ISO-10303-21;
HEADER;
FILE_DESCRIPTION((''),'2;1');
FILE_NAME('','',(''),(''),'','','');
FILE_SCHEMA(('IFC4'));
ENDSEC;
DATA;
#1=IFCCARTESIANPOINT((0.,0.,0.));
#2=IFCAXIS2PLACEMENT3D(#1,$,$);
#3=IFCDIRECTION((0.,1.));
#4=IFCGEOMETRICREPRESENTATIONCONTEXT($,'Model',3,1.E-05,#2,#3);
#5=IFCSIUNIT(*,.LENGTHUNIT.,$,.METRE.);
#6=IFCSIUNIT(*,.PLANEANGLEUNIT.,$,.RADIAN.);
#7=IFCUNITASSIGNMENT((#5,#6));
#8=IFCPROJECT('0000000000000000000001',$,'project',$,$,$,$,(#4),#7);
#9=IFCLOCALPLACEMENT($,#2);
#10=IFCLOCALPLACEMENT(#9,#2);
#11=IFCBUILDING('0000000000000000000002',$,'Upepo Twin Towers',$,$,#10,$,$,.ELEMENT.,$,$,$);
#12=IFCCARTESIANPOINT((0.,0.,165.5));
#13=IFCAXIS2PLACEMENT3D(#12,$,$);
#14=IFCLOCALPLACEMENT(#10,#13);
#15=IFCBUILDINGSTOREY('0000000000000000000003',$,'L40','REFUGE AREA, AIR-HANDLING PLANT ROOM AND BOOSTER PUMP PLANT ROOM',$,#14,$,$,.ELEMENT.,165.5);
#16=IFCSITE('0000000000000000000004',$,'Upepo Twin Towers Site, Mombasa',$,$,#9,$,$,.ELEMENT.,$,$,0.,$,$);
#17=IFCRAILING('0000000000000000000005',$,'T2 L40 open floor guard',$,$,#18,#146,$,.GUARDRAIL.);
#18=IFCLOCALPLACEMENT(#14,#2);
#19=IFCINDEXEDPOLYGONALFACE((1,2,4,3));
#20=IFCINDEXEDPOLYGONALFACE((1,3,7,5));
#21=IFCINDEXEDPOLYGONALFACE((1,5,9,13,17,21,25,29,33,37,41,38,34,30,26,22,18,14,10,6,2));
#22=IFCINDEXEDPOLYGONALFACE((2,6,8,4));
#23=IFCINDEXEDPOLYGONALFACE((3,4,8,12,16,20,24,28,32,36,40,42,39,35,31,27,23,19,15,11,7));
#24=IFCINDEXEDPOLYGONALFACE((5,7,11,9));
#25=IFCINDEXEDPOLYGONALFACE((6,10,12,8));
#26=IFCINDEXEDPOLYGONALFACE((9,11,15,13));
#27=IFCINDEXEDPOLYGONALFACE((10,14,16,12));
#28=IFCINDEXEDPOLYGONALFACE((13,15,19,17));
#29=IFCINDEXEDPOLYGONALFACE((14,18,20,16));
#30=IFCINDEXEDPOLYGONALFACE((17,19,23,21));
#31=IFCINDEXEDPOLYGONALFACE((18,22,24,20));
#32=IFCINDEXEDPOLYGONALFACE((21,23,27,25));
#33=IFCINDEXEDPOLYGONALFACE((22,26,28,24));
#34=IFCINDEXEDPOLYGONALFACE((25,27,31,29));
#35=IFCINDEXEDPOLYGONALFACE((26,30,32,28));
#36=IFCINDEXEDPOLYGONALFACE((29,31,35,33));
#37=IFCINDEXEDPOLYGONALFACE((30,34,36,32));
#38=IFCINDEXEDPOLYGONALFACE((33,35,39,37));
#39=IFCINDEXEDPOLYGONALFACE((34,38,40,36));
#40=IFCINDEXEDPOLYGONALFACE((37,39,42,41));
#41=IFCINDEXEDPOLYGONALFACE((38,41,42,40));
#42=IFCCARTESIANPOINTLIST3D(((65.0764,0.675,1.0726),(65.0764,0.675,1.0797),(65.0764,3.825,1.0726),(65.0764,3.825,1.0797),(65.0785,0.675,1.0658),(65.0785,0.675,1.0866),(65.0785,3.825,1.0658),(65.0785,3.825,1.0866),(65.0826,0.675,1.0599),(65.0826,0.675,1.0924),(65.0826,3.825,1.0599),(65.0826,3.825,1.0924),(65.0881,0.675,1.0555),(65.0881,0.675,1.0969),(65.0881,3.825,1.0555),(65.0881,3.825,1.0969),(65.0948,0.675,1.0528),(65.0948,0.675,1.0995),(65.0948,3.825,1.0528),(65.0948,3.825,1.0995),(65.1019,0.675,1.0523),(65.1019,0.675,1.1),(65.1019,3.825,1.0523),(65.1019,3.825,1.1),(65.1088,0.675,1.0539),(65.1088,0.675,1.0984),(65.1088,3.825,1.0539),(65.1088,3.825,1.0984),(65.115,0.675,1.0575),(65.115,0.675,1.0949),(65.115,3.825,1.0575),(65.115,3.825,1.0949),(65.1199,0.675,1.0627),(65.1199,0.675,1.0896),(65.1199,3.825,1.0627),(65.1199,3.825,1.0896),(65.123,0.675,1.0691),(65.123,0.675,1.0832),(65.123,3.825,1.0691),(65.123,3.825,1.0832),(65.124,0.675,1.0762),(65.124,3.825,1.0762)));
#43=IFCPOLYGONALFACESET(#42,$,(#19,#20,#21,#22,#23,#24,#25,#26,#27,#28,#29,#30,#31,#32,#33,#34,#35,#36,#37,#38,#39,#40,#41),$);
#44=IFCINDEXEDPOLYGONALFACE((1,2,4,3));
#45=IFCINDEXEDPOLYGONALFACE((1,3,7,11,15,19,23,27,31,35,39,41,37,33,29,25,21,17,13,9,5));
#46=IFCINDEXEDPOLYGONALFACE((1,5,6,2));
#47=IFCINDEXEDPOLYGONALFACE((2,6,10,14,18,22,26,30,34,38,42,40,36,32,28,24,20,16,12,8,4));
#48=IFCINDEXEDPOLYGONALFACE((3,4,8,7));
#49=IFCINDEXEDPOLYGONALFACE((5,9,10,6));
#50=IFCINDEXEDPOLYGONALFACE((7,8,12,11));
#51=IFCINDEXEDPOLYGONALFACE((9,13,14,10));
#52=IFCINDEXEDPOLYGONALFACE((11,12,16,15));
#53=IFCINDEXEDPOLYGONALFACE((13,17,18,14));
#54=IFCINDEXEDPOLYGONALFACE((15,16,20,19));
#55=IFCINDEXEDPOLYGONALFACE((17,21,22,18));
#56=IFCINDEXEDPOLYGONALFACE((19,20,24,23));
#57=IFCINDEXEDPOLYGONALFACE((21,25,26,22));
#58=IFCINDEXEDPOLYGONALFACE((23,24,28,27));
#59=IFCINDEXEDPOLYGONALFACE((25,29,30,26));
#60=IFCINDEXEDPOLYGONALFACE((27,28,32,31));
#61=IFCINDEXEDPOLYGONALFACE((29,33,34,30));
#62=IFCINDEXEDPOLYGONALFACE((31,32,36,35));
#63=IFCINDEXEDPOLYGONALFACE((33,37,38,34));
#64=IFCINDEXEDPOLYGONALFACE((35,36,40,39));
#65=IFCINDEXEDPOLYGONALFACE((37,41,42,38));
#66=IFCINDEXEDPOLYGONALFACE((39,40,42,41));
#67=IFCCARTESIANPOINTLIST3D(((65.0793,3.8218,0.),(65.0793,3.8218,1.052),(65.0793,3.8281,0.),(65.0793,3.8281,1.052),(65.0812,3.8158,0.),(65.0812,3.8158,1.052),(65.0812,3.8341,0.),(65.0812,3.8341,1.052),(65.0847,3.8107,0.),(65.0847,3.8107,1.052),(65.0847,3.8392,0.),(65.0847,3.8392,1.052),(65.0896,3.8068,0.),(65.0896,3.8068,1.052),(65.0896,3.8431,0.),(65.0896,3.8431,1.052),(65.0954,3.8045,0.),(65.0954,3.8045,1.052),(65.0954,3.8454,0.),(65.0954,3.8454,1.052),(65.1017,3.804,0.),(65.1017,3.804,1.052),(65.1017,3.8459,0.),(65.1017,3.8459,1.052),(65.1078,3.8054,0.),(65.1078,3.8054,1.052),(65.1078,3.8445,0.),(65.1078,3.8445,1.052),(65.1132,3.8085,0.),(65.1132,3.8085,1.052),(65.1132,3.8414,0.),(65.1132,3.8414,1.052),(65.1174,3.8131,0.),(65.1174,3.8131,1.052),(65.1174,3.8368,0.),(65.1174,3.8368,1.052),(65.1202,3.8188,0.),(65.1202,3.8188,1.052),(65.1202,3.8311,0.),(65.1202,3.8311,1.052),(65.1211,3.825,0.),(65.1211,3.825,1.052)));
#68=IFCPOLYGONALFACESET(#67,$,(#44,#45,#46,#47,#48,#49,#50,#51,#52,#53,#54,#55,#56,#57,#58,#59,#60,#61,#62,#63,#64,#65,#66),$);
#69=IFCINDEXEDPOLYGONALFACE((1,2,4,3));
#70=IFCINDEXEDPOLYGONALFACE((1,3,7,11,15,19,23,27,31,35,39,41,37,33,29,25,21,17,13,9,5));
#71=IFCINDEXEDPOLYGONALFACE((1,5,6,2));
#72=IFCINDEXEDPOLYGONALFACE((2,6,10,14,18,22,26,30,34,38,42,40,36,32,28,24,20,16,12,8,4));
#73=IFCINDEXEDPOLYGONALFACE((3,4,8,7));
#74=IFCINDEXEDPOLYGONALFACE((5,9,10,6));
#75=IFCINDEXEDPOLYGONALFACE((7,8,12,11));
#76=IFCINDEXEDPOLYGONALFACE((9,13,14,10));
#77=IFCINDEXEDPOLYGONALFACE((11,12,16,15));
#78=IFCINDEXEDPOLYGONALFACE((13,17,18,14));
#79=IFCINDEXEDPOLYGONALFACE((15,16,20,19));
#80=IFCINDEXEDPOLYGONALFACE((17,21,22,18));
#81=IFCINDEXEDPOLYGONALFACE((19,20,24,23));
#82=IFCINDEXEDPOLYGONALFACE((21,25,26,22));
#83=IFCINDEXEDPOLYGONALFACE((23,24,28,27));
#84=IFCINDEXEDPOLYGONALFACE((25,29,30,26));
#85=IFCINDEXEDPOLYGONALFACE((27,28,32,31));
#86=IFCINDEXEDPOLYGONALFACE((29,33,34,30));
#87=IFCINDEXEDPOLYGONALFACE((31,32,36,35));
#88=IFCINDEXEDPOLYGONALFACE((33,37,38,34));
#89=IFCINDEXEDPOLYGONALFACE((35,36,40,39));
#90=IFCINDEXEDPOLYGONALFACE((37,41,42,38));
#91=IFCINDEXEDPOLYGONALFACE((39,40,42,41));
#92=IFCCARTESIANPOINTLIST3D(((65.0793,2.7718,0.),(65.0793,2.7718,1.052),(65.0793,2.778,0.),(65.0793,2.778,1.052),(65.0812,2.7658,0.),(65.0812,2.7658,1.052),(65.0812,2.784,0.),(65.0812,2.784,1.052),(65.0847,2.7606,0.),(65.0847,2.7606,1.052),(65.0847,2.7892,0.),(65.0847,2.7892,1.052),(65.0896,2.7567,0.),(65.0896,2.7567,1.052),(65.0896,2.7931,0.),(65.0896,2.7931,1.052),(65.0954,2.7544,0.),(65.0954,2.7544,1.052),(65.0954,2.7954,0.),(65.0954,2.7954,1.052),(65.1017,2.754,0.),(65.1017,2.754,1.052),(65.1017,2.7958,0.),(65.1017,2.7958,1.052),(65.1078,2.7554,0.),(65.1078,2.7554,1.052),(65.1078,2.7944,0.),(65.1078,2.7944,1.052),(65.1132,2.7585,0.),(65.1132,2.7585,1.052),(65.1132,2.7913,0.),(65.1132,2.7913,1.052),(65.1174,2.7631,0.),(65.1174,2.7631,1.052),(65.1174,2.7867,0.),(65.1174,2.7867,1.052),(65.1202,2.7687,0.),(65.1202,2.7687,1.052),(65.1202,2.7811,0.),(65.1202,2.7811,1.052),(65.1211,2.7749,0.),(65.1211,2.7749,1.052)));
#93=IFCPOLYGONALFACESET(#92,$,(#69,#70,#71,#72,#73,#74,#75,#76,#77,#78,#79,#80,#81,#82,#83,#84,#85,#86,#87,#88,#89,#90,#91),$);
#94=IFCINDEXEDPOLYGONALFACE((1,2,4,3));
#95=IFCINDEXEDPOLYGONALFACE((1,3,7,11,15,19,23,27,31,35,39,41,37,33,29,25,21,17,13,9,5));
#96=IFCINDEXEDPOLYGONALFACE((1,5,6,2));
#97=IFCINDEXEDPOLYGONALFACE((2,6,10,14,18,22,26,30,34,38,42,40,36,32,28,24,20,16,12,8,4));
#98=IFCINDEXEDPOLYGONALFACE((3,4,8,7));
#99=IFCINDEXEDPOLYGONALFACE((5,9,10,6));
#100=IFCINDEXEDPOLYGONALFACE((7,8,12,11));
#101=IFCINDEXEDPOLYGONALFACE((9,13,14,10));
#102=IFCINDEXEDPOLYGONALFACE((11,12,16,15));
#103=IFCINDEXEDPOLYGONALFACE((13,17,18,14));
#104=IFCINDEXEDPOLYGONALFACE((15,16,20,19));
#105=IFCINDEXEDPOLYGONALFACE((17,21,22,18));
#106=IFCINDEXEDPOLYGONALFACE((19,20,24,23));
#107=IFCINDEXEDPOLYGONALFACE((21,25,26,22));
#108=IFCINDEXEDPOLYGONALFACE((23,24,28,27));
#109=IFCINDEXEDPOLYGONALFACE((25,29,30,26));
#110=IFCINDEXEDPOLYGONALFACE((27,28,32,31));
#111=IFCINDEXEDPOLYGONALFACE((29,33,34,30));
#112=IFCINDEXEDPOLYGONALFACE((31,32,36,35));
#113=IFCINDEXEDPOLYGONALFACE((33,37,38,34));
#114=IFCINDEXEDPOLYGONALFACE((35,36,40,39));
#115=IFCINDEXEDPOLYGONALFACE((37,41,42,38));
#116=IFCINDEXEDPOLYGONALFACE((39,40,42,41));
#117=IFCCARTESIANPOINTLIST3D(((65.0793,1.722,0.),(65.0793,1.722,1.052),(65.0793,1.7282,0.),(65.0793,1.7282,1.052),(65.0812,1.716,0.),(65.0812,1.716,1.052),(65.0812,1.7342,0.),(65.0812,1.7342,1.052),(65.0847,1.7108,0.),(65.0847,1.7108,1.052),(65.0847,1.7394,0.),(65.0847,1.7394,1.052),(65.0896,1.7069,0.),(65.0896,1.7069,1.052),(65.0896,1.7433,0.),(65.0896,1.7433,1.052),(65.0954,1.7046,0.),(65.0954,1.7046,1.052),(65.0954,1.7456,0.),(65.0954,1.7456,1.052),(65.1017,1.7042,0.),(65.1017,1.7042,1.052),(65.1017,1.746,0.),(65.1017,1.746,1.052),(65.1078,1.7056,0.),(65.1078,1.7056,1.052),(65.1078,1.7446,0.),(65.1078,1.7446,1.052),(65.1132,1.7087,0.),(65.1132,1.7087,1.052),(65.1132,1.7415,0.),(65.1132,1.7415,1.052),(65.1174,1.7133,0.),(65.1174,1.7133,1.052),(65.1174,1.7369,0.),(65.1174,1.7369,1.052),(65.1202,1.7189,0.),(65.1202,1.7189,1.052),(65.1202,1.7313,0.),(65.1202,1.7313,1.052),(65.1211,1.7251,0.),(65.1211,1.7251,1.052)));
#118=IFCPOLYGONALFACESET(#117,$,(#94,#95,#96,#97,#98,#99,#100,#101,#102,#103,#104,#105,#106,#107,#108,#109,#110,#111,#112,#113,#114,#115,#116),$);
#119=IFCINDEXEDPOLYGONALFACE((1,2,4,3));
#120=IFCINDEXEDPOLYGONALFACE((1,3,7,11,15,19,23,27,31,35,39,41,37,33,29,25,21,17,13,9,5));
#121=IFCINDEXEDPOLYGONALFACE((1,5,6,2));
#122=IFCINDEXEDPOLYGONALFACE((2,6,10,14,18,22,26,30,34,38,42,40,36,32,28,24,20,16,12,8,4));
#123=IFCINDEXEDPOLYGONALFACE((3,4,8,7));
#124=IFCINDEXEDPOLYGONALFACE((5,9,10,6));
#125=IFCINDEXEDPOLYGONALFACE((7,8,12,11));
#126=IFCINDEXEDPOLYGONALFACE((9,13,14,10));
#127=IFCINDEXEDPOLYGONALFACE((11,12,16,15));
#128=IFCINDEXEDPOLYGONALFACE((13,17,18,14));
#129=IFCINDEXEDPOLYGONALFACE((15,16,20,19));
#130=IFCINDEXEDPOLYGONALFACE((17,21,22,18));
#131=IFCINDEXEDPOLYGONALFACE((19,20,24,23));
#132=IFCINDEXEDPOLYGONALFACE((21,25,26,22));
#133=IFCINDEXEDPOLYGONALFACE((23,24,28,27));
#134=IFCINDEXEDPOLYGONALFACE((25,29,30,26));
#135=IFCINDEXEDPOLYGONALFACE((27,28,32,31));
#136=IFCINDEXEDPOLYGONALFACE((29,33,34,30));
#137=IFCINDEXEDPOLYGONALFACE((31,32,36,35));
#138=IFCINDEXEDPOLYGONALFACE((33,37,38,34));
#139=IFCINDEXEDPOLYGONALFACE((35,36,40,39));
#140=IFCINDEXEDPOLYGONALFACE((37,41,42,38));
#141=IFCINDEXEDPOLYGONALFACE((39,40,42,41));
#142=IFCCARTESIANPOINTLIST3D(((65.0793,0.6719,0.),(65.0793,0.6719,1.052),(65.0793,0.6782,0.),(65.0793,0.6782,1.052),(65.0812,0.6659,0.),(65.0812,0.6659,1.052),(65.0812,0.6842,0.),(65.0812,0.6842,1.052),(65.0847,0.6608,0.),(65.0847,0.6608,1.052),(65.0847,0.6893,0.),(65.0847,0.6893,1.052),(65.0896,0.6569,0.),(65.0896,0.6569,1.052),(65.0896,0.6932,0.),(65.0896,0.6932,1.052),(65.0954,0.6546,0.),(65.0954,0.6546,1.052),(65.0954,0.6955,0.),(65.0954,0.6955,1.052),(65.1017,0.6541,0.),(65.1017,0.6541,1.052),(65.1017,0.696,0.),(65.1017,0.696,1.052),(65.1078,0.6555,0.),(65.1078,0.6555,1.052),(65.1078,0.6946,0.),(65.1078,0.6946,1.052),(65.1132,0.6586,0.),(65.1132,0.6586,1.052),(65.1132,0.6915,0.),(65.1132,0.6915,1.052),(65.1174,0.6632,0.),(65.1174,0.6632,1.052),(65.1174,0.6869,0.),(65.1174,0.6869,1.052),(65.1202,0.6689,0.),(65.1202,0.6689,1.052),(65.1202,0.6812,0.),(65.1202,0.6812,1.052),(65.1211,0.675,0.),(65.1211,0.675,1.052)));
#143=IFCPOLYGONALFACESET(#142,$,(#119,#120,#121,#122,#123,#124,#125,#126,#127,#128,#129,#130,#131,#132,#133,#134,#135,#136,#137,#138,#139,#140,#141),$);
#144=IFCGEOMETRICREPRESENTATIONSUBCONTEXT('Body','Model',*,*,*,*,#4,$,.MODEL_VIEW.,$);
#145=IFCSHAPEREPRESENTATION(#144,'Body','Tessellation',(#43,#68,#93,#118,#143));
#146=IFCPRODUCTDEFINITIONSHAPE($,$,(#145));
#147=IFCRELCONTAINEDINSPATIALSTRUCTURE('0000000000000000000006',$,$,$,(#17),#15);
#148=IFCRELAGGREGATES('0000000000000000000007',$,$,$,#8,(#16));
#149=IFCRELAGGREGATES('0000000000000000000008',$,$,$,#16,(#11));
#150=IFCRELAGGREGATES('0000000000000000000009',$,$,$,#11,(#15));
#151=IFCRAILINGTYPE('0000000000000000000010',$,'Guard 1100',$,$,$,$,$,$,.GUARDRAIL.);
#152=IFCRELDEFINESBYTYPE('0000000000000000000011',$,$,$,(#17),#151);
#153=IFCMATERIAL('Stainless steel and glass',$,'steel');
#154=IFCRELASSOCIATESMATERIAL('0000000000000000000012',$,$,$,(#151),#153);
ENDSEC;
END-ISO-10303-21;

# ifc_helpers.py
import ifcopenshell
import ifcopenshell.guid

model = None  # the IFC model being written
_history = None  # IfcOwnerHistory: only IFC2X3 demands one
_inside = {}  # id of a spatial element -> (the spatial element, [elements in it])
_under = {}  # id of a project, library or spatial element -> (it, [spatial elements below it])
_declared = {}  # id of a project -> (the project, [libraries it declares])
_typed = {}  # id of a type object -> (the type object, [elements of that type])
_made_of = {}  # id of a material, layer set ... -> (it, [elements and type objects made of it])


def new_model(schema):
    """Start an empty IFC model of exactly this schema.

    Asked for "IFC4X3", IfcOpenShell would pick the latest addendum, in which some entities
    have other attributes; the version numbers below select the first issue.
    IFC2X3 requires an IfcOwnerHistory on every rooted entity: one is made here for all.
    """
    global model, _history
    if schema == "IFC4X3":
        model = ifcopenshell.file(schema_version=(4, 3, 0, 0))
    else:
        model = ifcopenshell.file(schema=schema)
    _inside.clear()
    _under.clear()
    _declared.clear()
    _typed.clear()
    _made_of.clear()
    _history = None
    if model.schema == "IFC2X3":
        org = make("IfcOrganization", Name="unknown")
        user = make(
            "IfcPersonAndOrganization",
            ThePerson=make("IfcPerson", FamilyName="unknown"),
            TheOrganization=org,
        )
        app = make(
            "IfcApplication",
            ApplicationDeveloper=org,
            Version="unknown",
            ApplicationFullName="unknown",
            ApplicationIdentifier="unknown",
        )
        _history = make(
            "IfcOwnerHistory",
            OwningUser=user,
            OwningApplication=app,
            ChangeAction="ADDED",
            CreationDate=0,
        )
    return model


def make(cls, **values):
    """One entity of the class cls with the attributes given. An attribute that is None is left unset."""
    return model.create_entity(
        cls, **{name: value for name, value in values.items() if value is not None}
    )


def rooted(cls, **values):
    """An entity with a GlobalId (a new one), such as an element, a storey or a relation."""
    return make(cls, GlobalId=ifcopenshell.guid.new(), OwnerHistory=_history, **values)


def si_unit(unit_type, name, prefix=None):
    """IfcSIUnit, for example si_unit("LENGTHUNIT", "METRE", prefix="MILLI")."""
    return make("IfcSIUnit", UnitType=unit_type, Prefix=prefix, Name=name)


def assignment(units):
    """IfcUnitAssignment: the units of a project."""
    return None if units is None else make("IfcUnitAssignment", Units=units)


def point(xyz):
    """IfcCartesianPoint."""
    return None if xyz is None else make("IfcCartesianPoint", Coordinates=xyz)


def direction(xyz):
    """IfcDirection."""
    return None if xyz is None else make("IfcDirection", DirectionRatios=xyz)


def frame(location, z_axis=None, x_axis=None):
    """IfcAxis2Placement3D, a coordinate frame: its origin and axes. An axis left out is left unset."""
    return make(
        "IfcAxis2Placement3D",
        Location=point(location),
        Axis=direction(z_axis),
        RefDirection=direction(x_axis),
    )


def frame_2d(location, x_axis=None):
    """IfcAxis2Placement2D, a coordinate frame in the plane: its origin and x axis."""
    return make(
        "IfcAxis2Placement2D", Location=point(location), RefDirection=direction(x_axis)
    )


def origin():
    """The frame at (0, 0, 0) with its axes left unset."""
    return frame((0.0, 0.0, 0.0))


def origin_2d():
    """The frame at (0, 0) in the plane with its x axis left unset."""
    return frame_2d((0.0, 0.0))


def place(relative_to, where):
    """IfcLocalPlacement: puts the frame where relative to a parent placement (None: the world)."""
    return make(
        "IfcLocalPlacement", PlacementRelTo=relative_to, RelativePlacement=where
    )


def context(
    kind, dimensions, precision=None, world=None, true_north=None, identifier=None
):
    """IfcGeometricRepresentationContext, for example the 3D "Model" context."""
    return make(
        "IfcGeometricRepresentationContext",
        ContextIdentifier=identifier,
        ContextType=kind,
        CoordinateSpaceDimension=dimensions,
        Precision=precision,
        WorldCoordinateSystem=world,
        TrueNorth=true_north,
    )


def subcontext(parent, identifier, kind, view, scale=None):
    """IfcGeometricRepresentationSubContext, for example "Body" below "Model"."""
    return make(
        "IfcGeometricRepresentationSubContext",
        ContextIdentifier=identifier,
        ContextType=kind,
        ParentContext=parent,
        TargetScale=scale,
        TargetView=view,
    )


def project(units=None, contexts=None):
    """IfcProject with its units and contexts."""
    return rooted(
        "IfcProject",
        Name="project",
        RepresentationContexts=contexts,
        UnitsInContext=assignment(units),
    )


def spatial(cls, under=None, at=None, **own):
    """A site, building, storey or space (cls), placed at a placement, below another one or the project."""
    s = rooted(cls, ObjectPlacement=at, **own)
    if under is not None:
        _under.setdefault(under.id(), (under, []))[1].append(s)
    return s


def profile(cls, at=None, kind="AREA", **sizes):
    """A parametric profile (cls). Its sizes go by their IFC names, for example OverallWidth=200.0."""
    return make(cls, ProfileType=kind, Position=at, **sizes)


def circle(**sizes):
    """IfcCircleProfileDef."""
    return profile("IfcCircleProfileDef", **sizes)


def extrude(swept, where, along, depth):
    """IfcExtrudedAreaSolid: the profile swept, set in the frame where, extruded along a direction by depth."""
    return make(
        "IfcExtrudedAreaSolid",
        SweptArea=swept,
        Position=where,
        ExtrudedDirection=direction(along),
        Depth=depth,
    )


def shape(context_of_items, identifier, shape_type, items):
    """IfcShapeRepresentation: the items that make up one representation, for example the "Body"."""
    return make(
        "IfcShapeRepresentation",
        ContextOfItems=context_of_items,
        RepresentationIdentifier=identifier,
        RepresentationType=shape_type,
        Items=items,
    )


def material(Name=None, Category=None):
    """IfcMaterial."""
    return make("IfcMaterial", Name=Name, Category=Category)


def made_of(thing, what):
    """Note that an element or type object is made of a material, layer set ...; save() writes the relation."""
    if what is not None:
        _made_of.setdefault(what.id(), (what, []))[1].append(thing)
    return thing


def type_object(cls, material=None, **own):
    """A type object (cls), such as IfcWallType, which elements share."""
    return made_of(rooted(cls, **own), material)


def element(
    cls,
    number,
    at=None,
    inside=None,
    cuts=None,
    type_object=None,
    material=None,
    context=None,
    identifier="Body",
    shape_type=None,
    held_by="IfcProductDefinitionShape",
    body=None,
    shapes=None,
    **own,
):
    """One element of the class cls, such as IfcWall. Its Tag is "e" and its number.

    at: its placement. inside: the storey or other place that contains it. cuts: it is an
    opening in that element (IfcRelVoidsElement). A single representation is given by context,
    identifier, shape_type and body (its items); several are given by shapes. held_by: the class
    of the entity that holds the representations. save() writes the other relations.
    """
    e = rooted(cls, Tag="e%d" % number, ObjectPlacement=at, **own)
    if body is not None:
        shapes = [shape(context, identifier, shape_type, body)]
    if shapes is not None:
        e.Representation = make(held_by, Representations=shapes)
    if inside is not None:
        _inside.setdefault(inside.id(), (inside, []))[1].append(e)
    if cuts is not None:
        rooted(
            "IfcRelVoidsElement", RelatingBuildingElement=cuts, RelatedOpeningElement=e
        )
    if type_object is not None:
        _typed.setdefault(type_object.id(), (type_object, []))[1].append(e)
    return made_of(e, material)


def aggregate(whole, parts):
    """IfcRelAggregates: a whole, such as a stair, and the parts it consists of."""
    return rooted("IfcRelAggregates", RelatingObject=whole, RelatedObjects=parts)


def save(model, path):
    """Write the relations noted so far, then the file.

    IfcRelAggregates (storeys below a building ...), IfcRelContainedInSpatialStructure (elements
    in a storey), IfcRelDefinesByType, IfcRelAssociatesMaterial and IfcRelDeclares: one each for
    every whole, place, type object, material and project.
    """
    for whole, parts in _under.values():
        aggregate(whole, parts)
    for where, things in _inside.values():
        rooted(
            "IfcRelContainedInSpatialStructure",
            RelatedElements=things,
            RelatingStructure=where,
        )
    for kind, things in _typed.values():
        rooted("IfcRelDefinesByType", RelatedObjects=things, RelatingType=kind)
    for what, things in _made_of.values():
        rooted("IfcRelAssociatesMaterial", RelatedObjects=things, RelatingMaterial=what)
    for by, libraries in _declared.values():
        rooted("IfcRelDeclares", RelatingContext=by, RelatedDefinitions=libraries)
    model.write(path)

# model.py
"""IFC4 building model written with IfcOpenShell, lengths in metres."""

from ifc_helpers import new_model, si_unit, direction, frame, origin, origin_2d, place, context, subcontext, project, spatial, circle, extrude, material, type_object, element, save


model = new_model("IFC4")

# Units and contexts
model_context = context("Model", 3, precision=1e-05, world=origin(), true_north=direction((0.0, 1.0)))
body_context = subcontext(model_context, "Body", "Model", "MODEL_VIEW")
ifc_project = project(units=[si_unit("LENGTHUNIT", "METRE"), si_unit("PLANEANGLEUNIT", "RADIAN")], contexts=[model_context])

# Site, building, storey
site_placement = place(None, origin())
site = spatial("IfcSite", under=ifc_project, at=site_placement, Name="Upepo Twin Towers Site, Mombasa", CompositionType="ELEMENT", RefElevation=0.0)
building_placement = place(site_placement, origin())
building = spatial("IfcBuilding", under=site, at=building_placement, Name="Upepo Twin Towers", CompositionType="ELEMENT")
storey_placement = place(building_placement, frame((0.0, 0.0, 165.5)))
storey = spatial("IfcBuildingStorey", under=building, at=storey_placement, Name="L40", Description="REFUGE AREA, AIR-HANDLING PLANT ROOM AND BOOSTER PUMP PLANT ROOM", CompositionType="ELEMENT", Elevation=165.5)

# Railing
ifc_material_1 = material(Name="Stainless steel and glass", Category="steel")
railing_type = type_object("IfcRailingType", Name="Guard 1100", PredefinedType="GUARDRAIL", material=ifc_material_1)
railing_1_placement = place(storey_placement, frame((65.1001, 3.825, 0.0)))
element("IfcRailing", 1, at=railing_1_placement, inside=storey, type_object=railing_type, Name="T2 L40 open floor guard", PredefinedType="GUARDRAIL", context=body_context, shape_type="SweptSolid", body=[
    extrude(circle(Radius=0.0239, at=origin_2d()), frame((0.0, 0.0, 1.0762), z_axis=(0.0, -1.0, 0.0), x_axis=(1.0, 0.0, 0.0)), (0.0, 0.0, 1.0), 3.1499),
    extrude(circle(Radius=0.021, at=origin_2d()), origin(), (0.0, 0.0, 1.0), 1.052),
    extrude(circle(Radius=0.021, at=origin_2d()), frame((0.0, -1.05, 0.0)), (0.0, 0.0, 1.0), 1.052),
    extrude(circle(Radius=0.021, at=origin_2d()), frame((0.0, -2.0999, 0.0)), (0.0, 0.0, 1.0), 1.052),
    extrude(circle(Radius=0.021, at=origin_2d()), frame((0.0, -3.1499, 0.0)), (0.0, 0.0, 1.0), 1.052),
])

save(model, "model.ifc")
